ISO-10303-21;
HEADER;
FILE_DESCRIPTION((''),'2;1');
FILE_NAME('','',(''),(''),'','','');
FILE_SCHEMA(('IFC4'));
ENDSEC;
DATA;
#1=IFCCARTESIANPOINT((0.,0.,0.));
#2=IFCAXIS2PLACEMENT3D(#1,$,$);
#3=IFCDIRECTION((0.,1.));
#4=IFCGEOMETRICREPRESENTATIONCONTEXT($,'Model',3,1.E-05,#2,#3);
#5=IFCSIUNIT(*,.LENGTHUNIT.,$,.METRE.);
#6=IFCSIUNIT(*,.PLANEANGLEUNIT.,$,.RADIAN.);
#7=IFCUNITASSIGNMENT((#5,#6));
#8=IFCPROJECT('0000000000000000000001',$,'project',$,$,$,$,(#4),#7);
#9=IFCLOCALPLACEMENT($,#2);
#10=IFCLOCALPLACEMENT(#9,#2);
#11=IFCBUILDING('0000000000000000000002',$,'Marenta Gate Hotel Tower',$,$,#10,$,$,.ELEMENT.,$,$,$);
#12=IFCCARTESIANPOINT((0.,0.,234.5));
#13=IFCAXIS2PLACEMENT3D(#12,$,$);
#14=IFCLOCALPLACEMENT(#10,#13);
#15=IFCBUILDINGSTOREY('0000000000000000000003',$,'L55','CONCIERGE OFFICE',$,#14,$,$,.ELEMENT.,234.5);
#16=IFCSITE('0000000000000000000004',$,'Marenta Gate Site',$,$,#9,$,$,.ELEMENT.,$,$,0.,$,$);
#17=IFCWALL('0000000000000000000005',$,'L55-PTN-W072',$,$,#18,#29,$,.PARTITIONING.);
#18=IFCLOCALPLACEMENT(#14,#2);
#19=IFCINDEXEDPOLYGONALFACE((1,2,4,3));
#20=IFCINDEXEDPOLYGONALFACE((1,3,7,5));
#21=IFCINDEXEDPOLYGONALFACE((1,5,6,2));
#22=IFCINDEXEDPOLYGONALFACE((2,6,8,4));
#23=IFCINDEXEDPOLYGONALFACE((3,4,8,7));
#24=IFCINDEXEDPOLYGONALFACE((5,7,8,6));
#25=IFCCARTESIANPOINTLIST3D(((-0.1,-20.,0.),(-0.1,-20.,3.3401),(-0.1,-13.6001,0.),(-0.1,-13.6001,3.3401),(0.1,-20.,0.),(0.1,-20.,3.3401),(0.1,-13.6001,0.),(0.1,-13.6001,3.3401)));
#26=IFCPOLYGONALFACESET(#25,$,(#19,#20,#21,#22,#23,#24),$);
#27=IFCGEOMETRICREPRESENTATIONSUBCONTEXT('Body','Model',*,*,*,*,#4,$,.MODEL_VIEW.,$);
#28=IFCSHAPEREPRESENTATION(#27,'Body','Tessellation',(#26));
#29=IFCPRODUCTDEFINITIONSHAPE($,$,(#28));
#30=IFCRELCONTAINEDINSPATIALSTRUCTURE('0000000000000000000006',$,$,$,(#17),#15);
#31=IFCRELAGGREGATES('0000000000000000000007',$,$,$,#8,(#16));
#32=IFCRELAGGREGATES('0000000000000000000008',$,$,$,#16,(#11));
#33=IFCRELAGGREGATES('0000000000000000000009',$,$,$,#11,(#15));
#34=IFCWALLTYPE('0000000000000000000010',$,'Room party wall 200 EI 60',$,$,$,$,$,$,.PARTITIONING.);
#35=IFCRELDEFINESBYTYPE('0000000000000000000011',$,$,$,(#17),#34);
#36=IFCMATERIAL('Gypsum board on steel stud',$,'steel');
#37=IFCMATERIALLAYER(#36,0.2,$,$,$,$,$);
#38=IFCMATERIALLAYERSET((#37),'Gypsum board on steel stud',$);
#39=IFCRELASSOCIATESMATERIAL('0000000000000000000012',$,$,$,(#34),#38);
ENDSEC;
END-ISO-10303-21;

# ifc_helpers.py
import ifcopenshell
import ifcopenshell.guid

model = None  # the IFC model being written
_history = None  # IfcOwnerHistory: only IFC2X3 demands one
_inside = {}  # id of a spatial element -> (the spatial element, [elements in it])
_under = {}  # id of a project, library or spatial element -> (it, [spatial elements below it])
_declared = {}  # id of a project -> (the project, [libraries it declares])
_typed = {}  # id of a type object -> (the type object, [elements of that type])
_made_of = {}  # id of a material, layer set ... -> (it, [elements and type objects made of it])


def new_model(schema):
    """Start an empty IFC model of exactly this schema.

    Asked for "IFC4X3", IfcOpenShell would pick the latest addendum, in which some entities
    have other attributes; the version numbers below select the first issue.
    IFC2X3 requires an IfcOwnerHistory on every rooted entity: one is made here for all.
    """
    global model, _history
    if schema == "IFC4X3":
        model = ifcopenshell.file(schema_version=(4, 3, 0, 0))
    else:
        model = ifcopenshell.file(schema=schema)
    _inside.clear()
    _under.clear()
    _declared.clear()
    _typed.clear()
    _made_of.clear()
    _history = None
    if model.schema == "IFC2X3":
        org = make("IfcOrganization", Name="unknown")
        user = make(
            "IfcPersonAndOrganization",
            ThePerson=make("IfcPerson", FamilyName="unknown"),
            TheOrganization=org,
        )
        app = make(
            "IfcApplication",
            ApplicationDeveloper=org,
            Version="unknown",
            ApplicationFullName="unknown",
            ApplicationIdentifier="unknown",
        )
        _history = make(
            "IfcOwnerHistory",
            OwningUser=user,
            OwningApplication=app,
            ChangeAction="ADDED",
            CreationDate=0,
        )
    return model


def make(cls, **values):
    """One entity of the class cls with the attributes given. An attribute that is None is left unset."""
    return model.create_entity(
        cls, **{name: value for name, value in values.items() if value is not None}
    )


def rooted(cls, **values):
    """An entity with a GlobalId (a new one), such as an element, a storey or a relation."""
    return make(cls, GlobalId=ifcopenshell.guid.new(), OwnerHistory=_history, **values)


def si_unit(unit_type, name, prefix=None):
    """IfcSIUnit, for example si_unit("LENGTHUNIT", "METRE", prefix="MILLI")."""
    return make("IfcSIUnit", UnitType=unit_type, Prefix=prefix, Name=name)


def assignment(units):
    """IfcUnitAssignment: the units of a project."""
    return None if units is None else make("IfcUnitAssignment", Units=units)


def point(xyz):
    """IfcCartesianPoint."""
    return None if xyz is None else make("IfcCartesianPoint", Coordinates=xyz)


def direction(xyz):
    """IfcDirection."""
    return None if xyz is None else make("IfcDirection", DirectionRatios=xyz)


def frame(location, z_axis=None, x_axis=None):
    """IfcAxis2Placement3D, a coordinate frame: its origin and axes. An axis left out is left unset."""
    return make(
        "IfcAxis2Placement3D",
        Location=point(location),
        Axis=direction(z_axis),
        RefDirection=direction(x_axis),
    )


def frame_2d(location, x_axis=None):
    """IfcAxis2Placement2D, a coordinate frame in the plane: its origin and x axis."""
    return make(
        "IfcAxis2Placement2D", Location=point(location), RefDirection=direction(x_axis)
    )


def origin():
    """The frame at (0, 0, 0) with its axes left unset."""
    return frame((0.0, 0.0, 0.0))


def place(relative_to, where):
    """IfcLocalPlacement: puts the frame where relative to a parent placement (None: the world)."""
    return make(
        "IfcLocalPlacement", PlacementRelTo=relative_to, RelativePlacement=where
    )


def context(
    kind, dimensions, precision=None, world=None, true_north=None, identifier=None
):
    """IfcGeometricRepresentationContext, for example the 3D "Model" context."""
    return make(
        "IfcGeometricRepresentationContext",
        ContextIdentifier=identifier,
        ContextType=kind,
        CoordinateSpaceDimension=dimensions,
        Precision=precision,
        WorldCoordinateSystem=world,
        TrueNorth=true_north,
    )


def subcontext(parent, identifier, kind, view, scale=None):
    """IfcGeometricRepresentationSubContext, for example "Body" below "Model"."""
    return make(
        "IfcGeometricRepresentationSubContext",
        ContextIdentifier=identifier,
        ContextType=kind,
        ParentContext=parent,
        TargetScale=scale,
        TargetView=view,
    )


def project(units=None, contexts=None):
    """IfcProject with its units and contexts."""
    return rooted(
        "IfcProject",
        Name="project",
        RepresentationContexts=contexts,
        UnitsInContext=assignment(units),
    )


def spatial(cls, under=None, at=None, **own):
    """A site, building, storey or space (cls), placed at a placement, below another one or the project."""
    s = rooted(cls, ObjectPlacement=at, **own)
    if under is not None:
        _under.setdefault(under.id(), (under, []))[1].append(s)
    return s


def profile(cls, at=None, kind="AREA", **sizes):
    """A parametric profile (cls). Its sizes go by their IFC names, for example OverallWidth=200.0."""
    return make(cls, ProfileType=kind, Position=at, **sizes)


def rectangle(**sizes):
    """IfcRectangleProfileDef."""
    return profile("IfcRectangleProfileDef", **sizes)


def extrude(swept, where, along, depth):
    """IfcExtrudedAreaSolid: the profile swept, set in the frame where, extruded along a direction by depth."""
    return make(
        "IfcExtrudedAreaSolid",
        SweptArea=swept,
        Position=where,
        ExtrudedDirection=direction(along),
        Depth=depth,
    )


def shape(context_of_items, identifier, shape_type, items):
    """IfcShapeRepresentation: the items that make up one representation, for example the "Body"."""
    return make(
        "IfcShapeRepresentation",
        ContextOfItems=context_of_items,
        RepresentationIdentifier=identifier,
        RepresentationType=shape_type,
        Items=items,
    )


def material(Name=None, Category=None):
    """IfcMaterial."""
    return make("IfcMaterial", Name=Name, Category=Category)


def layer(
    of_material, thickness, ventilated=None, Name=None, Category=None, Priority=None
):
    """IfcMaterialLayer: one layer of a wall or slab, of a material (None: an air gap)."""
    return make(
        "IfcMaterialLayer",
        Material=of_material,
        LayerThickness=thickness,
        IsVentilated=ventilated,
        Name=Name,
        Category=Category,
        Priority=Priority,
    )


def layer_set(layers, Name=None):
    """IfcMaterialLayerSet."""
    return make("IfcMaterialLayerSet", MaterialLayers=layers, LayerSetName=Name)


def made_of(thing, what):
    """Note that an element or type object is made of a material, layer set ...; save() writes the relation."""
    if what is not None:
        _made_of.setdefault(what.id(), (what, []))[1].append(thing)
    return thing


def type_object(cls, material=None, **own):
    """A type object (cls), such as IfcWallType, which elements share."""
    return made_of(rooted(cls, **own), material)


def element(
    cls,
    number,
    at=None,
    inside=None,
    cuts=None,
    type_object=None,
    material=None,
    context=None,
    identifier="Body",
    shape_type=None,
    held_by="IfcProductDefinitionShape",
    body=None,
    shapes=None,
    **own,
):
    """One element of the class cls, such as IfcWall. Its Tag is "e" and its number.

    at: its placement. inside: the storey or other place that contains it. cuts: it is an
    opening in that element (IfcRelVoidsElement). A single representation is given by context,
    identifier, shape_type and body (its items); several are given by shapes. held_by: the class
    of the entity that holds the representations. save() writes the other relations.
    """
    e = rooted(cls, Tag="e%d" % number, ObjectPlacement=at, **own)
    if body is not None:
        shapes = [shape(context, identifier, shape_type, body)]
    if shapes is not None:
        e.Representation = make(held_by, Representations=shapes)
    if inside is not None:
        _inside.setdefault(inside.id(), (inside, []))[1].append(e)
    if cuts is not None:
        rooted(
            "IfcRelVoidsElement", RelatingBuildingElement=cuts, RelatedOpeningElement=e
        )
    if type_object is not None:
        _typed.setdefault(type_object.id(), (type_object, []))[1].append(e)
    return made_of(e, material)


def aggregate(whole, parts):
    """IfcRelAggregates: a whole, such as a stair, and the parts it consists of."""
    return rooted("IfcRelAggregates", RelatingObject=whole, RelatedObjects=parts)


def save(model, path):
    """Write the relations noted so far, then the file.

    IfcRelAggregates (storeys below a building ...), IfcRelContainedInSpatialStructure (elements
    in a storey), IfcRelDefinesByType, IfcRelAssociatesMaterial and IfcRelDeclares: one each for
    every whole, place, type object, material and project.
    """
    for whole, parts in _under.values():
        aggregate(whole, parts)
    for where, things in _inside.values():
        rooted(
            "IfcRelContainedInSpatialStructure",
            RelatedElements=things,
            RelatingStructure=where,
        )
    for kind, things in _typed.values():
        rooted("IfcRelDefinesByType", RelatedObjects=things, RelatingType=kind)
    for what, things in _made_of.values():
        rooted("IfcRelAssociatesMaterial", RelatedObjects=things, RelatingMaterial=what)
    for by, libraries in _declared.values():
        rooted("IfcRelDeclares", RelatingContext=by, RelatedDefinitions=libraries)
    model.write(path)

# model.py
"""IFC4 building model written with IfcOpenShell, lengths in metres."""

from ifc_helpers import new_model, si_unit, direction, frame, frame_2d, origin, place, context, subcontext, project, spatial, rectangle, extrude, material, layer, layer_set, type_object, element, save


model = new_model("IFC4")

# Units and contexts
model_context = context("Model", 3, precision=1e-05, world=origin(), true_north=direction((0.0, 1.0)))
body_context = subcontext(model_context, "Body", "Model", "MODEL_VIEW")
ifc_project = project(units=[si_unit("LENGTHUNIT", "METRE"), si_unit("PLANEANGLEUNIT", "RADIAN")], contexts=[model_context])

# Site, building, storey
site_placement = place(None, origin())
site = spatial("IfcSite", under=ifc_project, at=site_placement, Name="Marenta Gate Site", CompositionType="ELEMENT", RefElevation=0.0)
building_placement = place(site_placement, origin())
building = spatial("IfcBuilding", under=site, at=building_placement, Name="Marenta Gate Hotel Tower", CompositionType="ELEMENT")
storey_placement = place(building_placement, frame((0.0, 0.0, 234.5)))
storey = spatial("IfcBuildingStorey", under=building, at=storey_placement, Name="L55", Description="CONCIERGE OFFICE", CompositionType="ELEMENT", Elevation=234.5)

# Wall
ifc_material_1 = material(Name="Gypsum board on steel stud", Category="steel")
ifc_layer_1 = layer(ifc_material_1, 0.2)
ifc_layer_set_1 = layer_set([ifc_layer_1], Name="Gypsum board on steel stud")
wall_type_1 = type_object("IfcWallType", Name="Room party wall 200 EI 60", PredefinedType="PARTITIONING", material=ifc_layer_set_1)
for number, where, z_axis, x_axis, name in (
    (1, (0.0, -20.0, 0.0), (0.0, 0.0, 1.0), (0.0, 1.0, 0.0), "L55-PTN-W072"),
):
    element("IfcWall", number, at=place(storey_placement, frame(where, z_axis=z_axis, x_axis=x_axis)), inside=storey, type_object=wall_type_1, Name=name, PredefinedType="PARTITIONING", context=body_context, shape_type="SweptSolid", body=[
        extrude(rectangle(XDim=6.3999, YDim=0.2, at=frame_2d((3.2, 0.0))), origin(), (0.0, 0.0, 1.0), 3.3401),
    ])

save(model, "model.ifc")
